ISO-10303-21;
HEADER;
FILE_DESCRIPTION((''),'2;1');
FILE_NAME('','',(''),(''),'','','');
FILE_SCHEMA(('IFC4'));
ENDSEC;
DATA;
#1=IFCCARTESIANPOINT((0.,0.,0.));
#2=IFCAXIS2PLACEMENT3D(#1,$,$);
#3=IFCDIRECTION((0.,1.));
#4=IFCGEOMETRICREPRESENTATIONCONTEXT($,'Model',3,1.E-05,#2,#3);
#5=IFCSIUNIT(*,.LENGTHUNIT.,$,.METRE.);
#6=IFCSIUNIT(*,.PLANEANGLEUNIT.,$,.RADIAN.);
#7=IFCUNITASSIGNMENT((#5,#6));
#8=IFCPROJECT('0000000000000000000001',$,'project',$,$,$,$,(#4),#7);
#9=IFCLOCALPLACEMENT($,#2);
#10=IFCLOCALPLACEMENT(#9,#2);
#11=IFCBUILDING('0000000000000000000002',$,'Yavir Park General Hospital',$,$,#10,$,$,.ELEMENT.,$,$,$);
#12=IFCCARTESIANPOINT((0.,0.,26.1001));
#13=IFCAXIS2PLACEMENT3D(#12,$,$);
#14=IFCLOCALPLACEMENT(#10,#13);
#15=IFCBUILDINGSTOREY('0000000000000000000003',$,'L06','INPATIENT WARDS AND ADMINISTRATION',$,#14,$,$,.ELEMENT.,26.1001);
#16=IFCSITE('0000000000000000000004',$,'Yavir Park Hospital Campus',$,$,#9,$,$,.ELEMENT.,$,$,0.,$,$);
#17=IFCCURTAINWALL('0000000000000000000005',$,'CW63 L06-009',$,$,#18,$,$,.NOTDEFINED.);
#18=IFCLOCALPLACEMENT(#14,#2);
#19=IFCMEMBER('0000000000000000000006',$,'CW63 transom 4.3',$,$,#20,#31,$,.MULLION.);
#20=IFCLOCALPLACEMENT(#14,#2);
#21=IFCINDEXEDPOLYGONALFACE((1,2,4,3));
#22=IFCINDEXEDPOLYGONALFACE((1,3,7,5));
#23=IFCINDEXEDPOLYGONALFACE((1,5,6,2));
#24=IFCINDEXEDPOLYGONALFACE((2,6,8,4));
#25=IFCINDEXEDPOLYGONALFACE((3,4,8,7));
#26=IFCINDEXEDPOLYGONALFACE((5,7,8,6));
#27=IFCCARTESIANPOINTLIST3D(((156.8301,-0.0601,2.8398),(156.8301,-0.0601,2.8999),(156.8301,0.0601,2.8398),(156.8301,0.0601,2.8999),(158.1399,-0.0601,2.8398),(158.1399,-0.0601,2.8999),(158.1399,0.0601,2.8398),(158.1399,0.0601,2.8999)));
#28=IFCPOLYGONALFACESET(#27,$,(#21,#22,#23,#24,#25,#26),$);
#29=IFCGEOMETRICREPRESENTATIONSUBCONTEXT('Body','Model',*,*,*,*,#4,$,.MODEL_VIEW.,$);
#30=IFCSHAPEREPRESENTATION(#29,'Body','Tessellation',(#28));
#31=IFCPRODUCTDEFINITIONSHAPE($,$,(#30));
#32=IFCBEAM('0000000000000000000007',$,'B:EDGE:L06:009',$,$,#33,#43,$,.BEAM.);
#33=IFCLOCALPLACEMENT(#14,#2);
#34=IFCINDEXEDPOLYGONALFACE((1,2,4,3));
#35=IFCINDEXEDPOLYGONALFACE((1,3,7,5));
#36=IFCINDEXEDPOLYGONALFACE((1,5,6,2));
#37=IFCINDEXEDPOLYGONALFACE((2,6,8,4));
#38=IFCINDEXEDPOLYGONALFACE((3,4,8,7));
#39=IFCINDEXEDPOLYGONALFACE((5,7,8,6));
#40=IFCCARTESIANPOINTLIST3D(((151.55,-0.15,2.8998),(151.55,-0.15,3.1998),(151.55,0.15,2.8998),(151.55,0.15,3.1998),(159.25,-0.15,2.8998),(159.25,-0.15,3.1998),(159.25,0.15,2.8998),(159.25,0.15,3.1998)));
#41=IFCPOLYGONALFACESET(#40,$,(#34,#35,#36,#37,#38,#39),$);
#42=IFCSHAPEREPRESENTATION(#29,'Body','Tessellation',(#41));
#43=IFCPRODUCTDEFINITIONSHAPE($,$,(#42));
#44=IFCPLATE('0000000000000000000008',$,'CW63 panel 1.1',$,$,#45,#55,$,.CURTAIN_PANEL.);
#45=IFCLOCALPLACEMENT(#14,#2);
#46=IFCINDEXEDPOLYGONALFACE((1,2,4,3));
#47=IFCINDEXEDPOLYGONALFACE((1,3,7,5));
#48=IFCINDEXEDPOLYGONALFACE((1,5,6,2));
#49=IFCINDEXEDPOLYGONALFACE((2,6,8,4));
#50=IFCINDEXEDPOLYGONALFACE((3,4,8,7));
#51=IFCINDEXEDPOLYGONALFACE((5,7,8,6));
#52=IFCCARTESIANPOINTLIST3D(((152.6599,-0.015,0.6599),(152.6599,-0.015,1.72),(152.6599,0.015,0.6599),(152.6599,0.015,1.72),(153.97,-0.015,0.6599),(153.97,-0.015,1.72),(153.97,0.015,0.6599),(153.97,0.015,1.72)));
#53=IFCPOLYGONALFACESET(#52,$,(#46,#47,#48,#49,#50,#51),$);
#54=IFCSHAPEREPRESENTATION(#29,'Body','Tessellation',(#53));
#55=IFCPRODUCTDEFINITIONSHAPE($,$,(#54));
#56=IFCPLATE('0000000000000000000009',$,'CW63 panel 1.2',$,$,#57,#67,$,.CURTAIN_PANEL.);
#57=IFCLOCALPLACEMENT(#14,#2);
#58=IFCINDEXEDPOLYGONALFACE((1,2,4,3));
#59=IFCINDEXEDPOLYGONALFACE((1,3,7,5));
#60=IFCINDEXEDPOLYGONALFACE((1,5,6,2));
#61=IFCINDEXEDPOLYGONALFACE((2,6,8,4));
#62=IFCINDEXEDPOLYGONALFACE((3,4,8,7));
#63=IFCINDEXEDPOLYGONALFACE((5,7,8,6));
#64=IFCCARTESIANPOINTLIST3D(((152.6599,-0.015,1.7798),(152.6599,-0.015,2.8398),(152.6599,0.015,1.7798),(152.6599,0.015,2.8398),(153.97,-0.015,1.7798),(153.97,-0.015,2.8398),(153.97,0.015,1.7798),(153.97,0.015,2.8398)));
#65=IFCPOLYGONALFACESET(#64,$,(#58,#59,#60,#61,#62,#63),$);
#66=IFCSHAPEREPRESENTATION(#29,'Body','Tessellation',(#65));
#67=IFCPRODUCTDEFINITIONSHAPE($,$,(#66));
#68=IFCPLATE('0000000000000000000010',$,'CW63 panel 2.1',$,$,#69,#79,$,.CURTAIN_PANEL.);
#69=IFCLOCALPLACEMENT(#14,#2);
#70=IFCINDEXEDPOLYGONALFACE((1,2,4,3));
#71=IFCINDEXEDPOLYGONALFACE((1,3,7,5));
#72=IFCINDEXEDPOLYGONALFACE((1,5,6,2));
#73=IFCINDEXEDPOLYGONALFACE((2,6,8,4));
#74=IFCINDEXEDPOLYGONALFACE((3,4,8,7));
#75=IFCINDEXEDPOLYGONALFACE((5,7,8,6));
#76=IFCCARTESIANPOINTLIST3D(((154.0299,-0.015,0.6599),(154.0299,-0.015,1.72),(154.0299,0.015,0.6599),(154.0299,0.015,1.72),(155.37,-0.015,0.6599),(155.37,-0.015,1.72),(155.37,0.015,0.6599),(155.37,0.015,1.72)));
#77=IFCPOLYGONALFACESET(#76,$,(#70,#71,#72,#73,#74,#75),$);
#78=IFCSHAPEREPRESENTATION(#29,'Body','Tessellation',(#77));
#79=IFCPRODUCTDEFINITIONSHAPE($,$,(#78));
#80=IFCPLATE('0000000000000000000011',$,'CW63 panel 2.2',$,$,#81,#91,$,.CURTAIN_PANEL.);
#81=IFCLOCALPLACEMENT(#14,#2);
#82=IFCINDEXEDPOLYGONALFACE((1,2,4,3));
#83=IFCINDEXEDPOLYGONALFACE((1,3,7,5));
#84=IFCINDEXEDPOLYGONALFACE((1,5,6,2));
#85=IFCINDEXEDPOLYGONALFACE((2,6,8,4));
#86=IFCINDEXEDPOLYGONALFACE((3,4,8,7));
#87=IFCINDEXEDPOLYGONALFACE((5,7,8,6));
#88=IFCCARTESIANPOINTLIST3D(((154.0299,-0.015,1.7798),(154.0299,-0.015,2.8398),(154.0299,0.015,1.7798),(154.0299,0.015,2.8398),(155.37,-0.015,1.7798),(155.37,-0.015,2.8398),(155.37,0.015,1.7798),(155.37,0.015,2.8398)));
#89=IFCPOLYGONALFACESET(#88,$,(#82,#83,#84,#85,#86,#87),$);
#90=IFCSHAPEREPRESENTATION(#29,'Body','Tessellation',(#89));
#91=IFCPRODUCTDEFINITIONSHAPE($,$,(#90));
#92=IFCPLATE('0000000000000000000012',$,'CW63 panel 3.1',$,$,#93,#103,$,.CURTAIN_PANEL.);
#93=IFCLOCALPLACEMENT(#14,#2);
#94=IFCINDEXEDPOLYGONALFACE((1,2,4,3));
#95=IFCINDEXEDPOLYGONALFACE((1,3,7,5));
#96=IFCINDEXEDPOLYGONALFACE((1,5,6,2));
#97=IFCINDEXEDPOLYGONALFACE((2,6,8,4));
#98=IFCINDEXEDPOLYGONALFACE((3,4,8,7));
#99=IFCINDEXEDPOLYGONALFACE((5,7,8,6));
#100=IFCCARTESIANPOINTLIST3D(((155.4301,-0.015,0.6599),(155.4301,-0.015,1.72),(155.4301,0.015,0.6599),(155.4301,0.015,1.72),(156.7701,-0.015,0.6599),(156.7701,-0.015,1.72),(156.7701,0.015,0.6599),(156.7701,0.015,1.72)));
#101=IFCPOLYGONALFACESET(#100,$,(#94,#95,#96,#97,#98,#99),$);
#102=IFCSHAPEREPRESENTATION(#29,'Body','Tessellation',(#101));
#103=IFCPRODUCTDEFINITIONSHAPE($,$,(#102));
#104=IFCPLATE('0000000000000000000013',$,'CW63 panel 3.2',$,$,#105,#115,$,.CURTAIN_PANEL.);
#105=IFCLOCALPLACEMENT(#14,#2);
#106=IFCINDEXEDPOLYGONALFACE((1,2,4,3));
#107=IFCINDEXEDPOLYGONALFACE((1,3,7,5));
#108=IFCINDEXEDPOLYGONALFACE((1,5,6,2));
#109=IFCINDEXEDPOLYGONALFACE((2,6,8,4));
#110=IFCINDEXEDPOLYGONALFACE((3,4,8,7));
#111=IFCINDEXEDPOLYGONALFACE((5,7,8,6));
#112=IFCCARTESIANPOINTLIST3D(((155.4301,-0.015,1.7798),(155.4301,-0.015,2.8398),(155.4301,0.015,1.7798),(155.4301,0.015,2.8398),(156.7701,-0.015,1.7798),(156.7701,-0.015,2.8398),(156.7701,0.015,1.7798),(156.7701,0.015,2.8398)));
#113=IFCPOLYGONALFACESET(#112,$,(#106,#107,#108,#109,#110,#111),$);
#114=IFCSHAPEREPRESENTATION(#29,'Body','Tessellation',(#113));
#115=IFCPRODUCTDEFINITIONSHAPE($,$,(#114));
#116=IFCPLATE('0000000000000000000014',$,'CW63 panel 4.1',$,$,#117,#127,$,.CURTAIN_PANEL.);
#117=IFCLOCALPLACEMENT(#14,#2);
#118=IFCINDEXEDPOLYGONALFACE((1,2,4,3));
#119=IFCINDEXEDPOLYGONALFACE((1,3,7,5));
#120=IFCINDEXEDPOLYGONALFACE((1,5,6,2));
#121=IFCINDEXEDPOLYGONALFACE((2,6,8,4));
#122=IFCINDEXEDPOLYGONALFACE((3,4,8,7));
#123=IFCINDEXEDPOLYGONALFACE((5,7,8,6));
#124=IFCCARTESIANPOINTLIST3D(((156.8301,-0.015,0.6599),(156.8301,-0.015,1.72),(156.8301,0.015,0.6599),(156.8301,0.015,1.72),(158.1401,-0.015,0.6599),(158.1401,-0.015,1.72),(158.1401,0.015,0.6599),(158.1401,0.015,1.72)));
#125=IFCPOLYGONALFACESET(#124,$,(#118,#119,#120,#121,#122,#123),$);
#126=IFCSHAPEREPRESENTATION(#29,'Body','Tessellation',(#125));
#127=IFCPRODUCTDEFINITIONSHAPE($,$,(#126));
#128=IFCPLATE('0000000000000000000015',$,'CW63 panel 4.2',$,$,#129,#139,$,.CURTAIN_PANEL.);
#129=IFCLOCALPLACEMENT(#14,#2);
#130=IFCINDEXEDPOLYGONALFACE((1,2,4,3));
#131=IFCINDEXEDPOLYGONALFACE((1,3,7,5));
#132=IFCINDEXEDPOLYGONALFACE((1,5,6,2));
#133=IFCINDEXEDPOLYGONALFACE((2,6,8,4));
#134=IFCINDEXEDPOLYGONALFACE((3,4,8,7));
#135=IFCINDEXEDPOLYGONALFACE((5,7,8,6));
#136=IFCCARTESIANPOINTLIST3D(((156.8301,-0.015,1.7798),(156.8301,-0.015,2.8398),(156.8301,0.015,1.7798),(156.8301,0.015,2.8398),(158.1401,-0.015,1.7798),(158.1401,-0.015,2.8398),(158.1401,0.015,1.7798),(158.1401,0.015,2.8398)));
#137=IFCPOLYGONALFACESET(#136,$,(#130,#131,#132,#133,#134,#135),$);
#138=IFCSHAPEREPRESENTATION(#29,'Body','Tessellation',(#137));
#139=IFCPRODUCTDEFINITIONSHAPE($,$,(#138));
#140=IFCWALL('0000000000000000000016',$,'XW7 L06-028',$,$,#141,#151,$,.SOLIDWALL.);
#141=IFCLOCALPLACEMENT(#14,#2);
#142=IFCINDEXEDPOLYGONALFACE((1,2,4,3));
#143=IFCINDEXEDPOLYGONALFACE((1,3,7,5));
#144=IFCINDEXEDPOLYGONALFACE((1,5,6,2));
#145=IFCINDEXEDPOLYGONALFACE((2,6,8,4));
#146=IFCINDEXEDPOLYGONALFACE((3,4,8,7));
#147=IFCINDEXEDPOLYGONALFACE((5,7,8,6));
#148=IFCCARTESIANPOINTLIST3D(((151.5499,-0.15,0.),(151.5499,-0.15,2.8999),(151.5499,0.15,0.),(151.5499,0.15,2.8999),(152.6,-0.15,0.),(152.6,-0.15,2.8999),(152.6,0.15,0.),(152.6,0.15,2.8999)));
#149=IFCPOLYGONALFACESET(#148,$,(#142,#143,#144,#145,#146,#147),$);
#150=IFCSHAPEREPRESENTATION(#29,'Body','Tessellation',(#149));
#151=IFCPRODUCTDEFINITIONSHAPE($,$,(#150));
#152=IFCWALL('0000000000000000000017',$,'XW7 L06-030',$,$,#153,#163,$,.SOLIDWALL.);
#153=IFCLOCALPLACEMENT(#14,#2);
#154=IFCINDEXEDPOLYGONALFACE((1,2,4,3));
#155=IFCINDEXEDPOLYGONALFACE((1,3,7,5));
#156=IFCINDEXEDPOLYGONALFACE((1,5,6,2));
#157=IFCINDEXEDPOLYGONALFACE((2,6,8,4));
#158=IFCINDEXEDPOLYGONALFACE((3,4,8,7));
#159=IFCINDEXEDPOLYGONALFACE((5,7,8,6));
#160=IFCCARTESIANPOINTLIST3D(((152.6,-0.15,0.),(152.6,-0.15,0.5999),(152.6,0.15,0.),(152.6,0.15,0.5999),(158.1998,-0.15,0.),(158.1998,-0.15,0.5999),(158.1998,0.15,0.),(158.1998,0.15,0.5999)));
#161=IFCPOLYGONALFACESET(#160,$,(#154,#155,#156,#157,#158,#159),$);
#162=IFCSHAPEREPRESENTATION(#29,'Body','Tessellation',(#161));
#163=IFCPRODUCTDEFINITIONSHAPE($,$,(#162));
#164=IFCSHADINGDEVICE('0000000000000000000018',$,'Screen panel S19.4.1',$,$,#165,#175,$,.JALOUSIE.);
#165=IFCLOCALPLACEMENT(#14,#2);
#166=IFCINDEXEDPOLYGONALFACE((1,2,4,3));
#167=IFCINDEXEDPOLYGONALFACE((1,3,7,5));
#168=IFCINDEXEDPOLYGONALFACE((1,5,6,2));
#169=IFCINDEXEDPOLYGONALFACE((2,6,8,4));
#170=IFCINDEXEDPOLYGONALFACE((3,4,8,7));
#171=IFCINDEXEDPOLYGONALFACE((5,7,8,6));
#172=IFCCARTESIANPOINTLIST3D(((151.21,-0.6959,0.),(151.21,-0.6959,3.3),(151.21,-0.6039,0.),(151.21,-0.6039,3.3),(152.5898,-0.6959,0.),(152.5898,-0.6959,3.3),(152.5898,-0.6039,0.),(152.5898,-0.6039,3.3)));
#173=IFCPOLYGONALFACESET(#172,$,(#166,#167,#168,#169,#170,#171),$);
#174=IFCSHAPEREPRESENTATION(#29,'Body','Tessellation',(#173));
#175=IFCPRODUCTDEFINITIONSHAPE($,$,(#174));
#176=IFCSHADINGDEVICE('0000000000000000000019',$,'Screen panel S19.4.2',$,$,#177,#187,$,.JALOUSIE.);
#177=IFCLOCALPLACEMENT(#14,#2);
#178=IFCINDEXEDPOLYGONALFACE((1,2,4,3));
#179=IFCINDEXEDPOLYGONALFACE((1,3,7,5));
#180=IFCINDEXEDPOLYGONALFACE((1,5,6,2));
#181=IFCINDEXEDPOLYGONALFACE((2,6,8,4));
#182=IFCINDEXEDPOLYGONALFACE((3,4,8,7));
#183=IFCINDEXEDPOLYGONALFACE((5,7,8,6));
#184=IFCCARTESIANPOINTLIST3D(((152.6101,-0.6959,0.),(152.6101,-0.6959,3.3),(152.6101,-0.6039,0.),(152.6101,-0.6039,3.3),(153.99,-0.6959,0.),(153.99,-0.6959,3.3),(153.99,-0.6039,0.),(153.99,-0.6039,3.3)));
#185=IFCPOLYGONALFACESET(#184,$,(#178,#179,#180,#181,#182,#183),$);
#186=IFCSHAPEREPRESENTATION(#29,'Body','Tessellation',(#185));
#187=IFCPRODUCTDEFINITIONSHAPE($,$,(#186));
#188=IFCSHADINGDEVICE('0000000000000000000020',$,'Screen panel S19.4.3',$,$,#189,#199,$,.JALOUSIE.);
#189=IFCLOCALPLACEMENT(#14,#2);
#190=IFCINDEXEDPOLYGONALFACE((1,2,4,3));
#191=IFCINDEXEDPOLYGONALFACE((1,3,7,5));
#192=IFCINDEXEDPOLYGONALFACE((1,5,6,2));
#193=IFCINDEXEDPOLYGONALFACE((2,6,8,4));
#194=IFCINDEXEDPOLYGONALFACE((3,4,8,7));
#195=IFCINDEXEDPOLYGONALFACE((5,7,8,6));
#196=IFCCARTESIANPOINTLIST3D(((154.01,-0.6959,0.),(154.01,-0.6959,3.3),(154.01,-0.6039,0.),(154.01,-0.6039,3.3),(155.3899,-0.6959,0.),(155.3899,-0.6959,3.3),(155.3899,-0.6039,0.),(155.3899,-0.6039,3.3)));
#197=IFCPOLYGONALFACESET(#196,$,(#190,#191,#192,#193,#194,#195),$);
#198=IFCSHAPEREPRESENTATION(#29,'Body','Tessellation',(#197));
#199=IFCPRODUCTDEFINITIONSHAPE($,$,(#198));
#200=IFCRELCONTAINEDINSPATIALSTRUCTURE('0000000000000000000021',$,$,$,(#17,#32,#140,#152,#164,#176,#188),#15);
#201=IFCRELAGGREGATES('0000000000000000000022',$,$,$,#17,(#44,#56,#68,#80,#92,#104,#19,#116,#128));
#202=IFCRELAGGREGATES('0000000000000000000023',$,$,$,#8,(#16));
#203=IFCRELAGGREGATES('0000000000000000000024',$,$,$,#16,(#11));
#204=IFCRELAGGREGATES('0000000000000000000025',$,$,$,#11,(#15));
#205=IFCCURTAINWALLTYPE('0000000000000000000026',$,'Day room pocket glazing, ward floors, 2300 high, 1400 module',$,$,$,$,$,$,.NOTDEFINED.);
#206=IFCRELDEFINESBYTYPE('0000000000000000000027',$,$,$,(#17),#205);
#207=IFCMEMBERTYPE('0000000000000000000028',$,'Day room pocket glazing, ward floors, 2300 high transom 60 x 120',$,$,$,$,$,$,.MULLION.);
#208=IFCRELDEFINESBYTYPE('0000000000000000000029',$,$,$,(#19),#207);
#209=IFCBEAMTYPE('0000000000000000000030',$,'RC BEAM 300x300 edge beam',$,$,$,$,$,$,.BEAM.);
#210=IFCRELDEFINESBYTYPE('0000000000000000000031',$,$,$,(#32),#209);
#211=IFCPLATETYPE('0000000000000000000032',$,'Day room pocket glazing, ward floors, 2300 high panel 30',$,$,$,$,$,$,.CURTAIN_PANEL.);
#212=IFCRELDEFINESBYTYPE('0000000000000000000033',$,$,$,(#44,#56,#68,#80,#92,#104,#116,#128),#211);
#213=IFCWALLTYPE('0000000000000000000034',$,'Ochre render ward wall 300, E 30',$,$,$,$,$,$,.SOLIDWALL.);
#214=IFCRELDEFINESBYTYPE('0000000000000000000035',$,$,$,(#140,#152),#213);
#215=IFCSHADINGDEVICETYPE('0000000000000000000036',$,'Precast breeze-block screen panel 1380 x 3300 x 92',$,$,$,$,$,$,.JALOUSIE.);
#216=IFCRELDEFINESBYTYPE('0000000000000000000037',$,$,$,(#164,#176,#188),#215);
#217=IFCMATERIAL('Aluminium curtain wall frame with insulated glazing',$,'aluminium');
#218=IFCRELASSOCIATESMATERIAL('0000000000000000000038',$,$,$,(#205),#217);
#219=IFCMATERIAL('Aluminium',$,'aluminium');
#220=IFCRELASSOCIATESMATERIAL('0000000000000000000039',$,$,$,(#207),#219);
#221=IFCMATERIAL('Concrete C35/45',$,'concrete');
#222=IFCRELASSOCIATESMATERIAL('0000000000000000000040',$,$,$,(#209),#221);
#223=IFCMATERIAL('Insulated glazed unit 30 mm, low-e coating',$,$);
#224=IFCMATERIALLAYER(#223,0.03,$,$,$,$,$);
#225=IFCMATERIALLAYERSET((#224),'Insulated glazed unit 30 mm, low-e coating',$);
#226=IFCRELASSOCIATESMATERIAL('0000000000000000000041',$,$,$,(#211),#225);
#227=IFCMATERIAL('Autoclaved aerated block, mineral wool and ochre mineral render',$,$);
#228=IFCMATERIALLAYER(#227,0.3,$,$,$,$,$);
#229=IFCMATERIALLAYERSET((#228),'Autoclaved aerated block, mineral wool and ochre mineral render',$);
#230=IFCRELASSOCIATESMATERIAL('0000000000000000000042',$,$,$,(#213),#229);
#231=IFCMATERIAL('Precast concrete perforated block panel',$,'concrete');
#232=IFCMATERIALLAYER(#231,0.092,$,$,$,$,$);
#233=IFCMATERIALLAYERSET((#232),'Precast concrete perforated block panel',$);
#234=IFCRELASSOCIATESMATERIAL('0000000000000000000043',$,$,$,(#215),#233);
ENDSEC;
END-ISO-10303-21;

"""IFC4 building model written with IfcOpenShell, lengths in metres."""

from ifc_helpers import new_model, si_unit, direction, frame, frame_2d, origin, origin_2d, place, context, subcontext, project, spatial, rectangle, extrude, material, layer, layer_set, material_profile, profile_set, type_object, element, aggregate, save


model = new_model("IFC4")

# Units and contexts
model_context = context("Model", 3, precision=1e-05, world=origin(), true_north=direction((0.0, 1.0)))
body_context = subcontext(model_context, "Body", "Model", "MODEL_VIEW")
ifc_project = project(units=[si_unit("LENGTHUNIT", "METRE"), si_unit("PLANEANGLEUNIT", "RADIAN")], contexts=[model_context])

# Site, building, storey
site_placement = place(None, origin())
site = spatial("IfcSite", under=ifc_project, at=site_placement, Name="Yavir Park Hospital Campus", CompositionType="ELEMENT", RefElevation=0.0)
building_placement = place(site_placement, origin())
building = spatial("IfcBuilding", under=site, at=building_placement, Name="Yavir Park General Hospital", CompositionType="ELEMENT")
storey_placement = place(building_placement, frame((0.0, 0.0, 26.1001)))
storey = spatial("IfcBuildingStorey", under=building, at=storey_placement, Name="L06", Description="INPATIENT WARDS AND ADMINISTRATION", CompositionType="ELEMENT", Elevation=26.1001)

# Curtain wall, member
ifc_material_1 = material(Name="Aluminium curtain wall frame with insulated glazing", Category="aluminium")
curtain_wall_type = type_object("IfcCurtainWallType", Name="Day room pocket glazing, ward floors, 2300 high, 1400 module", PredefinedType="NOTDEFINED", material=ifc_material_1)
curtain_wall_placement = place(storey_placement, origin())
curtain_wall = element("IfcCurtainWall", 1, at=curtain_wall_placement, inside=storey, type_object=curtain_wall_type, Name="CW63 L06-009", PredefinedType="NOTDEFINED")
ifc_material_2 = material(Name="Aluminium", Category="aluminium")
ifc_material_profile_1 = material_profile(ifc_material_2, rectangle(XDim=0.1201, YDim=0.0601, at=origin_2d()), Name="AL 120x60")
ifc_profile_set_1 = profile_set([ifc_material_profile_1], Name="Aluminium")
member_type_1 = type_object("IfcMemberType", Name="Day room pocket glazing, ward floors, 2300 high transom 60 x 120", PredefinedType="MULLION", material=ifc_profile_set_1)
member_1_placement = place(storey_placement, frame((156.8301, 0.0, 2.8699), z_axis=(1.0, 0.0, 0.0), x_axis=(0.0, 1.0, 0.0)))
member_1 = element("IfcMember", 2, at=member_1_placement, type_object=member_type_1, Name="CW63 transom 4.3", PredefinedType="MULLION", context=body_context, shape_type="SweptSolid", body=[
    extrude(rectangle(XDim=0.1201, YDim=0.0601, at=origin_2d()), origin(), (0.0, 0.0, 1.0), 1.3098),
])

# Beam
ifc_material_3 = material(Name="Concrete C35/45", Category="concrete")
ifc_material_profile_2 = material_profile(ifc_material_3, rectangle(XDim=0.3, YDim=0.3, at=origin_2d()), Name="RC300x300")
ifc_profile_set_2 = profile_set([ifc_material_profile_2], Name="Concrete C35/45")
beam_type = type_object("IfcBeamType", Name="RC BEAM 300x300 edge beam", PredefinedType="BEAM", material=ifc_profile_set_2)
beam_placement = place(storey_placement, frame((151.55, 0.0, 3.0498), z_axis=(1.0, 0.0, 0.0), x_axis=(0.0, 1.0, 0.0)))
element("IfcBeam", 3, at=beam_placement, inside=storey, type_object=beam_type, Name="B:EDGE:L06:009", PredefinedType="BEAM", context=body_context, shape_type="SweptSolid", body=[
    extrude(rectangle(XDim=0.3, YDim=0.3, at=origin_2d()), origin(), (0.0, 0.0, 1.0), 7.7),
])

# Plates
ifc_material_4 = material(Name="Insulated glazed unit 30 mm, low-e coating")
ifc_layer_1 = layer(ifc_material_4, 0.03)
ifc_layer_set_1 = layer_set([ifc_layer_1], Name="Insulated glazed unit 30 mm, low-e coating")
plate_type = type_object("IfcPlateType", Name="Day room pocket glazing, ward floors, 2300 high panel 30", PredefinedType="CURTAIN_PANEL", material=ifc_layer_set_1)
plate_1_placement = place(storey_placement, frame((153.3149, 0.0, 0.6599), z_axis=(0.0, 0.0, 1.0), x_axis=(1.0, 0.0, 0.0)))
plate_1 = element("IfcPlate", 4, at=plate_1_placement, type_object=plate_type, Name="CW63 panel 1.1", PredefinedType="CURTAIN_PANEL", context=body_context, shape_type="SweptSolid", body=[
    extrude(rectangle(XDim=1.3101, YDim=0.03, at=origin_2d()), origin(), (0.0, 0.0, 1.0), 1.0601),
])
plate_2_placement = place(storey_placement, frame((153.3149, 0.0, 1.7798), z_axis=(0.0, 0.0, 1.0), x_axis=(1.0, 0.0, 0.0)))
plate_2 = element("IfcPlate", 5, at=plate_2_placement, type_object=plate_type, Name="CW63 panel 1.2", PredefinedType="CURTAIN_PANEL", context=body_context, shape_type="SweptSolid", body=[
    extrude(rectangle(XDim=1.3101, YDim=0.03, at=origin_2d()), origin(), (0.0, 0.0, 1.0), 1.0601),
])
plate_3_placement = place(storey_placement, frame((154.7, 0.0, 0.6599), z_axis=(0.0, 0.0, 1.0), x_axis=(1.0, 0.0, 0.0)))
plate_3 = element("IfcPlate", 6, at=plate_3_placement, type_object=plate_type, Name="CW63 panel 2.1", PredefinedType="CURTAIN_PANEL", context=body_context, shape_type="SweptSolid", body=[
    extrude(rectangle(XDim=1.3401, YDim=0.03, at=origin_2d()), origin(), (0.0, 0.0, 1.0), 1.0601),
])
plate_4_placement = place(storey_placement, frame((154.7, 0.0, 1.7798), z_axis=(0.0, 0.0, 1.0), x_axis=(1.0, 0.0, 0.0)))
plate_4 = element("IfcPlate", 7, at=plate_4_placement, type_object=plate_type, Name="CW63 panel 2.2", PredefinedType="CURTAIN_PANEL", context=body_context, shape_type="SweptSolid", body=[
    extrude(rectangle(XDim=1.3401, YDim=0.03, at=origin_2d()), origin(), (0.0, 0.0, 1.0), 1.0601),
])
plate_5_placement = place(storey_placement, frame((156.1001, 0.0, 0.6599), z_axis=(0.0, 0.0, 1.0), x_axis=(1.0, 0.0, 0.0)))
plate_5 = element("IfcPlate", 8, at=plate_5_placement, type_object=plate_type, Name="CW63 panel 3.1", PredefinedType="CURTAIN_PANEL", context=body_context, shape_type="SweptSolid", body=[
    extrude(rectangle(XDim=1.3401, YDim=0.03, at=origin_2d()), origin(), (0.0, 0.0, 1.0), 1.0601),
])
plate_6_placement = place(storey_placement, frame((156.1001, 0.0, 1.7798), z_axis=(0.0, 0.0, 1.0), x_axis=(1.0, 0.0, 0.0)))
plate_6 = element("IfcPlate", 9, at=plate_6_placement, type_object=plate_type, Name="CW63 panel 3.2", PredefinedType="CURTAIN_PANEL", context=body_context, shape_type="SweptSolid", body=[
    extrude(rectangle(XDim=1.3401, YDim=0.03, at=origin_2d()), origin(), (0.0, 0.0, 1.0), 1.0601),
])
plate_7_placement = place(storey_placement, frame((157.4851, 0.0, 0.6599), z_axis=(0.0, 0.0, 1.0), x_axis=(1.0, 0.0, 0.0)))
plate_7 = element("IfcPlate", 10, at=plate_7_placement, type_object=plate_type, Name="CW63 panel 4.1", PredefinedType="CURTAIN_PANEL", context=body_context, shape_type="SweptSolid", body=[
    extrude(rectangle(XDim=1.3101, YDim=0.03, at=origin_2d()), origin(), (0.0, 0.0, 1.0), 1.0601),
])
plate_8_placement = place(storey_placement, frame((157.4851, 0.0, 1.7798), z_axis=(0.0, 0.0, 1.0), x_axis=(1.0, 0.0, 0.0)))
plate_8 = element("IfcPlate", 11, at=plate_8_placement, type_object=plate_type, Name="CW63 panel 4.2", PredefinedType="CURTAIN_PANEL", context=body_context, shape_type="SweptSolid", body=[
    extrude(rectangle(XDim=1.3101, YDim=0.03, at=origin_2d()), origin(), (0.0, 0.0, 1.0), 1.0601),
])
aggregate(curtain_wall, [plate_1, plate_2, plate_3, plate_4, plate_5, plate_6, member_1, plate_7, plate_8])

# Walls
ifc_material_5 = material(Name="Autoclaved aerated block, mineral wool and ochre mineral render")
ifc_layer_2 = layer(ifc_material_5, 0.3)
ifc_layer_set_2 = layer_set([ifc_layer_2], Name="Autoclaved aerated block, mineral wool and ochre mineral render")
wall_type = type_object("IfcWallType", Name="Ochre render ward wall 300, E 30", PredefinedType="SOLIDWALL", material=ifc_layer_set_2)
wall_1_placement = place(storey_placement, frame((151.55, 0.0, 0.0), z_axis=(0.0, 0.0, 1.0), x_axis=(1.0, 0.0, 0.0)))
element("IfcWall", 12, at=wall_1_placement, inside=storey, type_object=wall_type, Name="XW7 L06-028", PredefinedType="SOLIDWALL", context=body_context, shape_type="SweptSolid", body=[
    extrude(rectangle(XDim=1.05, YDim=0.3, at=frame_2d((0.5249, 0.0))), origin(), (0.0, 0.0, 1.0), 2.8999),
])
wall_2_placement = place(storey_placement, frame((152.6001, 0.0, 0.0), z_axis=(0.0, 0.0, 1.0), x_axis=(1.0, 0.0, 0.0)))
element("IfcWall", 13, at=wall_2_placement, inside=storey, type_object=wall_type, Name="XW7 L06-030", PredefinedType="SOLIDWALL", context=body_context, shape_type="SweptSolid", body=[
    extrude(rectangle(XDim=5.5999, YDim=0.3, at=frame_2d((2.7998, 0.0))), origin(), (0.0, 0.0, 1.0), 0.5999),
])

# Shading devices
ifc_material_6 = material(Name="Precast concrete perforated block panel", Category="concrete")
ifc_layer_3 = layer(ifc_material_6, 0.092)
ifc_layer_set_3 = layer_set([ifc_layer_3], Name="Precast concrete perforated block panel")
shading_device_type = type_object("IfcShadingDeviceType", Name="Precast breeze-block screen panel 1380 x 3300 x 92", PredefinedType="JALOUSIE", material=ifc_layer_set_3)
for number, where, z_axis, x_axis, name in (
    (14, (151.8999, -0.6499, 0.0), (0.0, 0.0, 1.0), (1.0, 0.0, 0.0), "Screen panel S19.4.1"),
    (15, (153.3, -0.6499, 0.0), (0.0, 0.0, 1.0), (1.0, 0.0, 0.0), "Screen panel S19.4.2"),
    (16, (154.7, -0.6499, 0.0), (0.0, 0.0, 1.0), (1.0, 0.0, 0.0), "Screen panel S19.4.3"),
):
    element("IfcShadingDevice", number, at=place(storey_placement, frame(where, z_axis=z_axis, x_axis=x_axis)), inside=storey, type_object=shading_device_type, Name=name, PredefinedType="JALOUSIE", context=body_context, shape_type="SweptSolid", body=[
        extrude(rectangle(XDim=1.3799, YDim=0.092, at=origin_2d()), origin(), (0.0, 0.0, 1.0), 3.3),
    ])

save(model, "model.ifc")
